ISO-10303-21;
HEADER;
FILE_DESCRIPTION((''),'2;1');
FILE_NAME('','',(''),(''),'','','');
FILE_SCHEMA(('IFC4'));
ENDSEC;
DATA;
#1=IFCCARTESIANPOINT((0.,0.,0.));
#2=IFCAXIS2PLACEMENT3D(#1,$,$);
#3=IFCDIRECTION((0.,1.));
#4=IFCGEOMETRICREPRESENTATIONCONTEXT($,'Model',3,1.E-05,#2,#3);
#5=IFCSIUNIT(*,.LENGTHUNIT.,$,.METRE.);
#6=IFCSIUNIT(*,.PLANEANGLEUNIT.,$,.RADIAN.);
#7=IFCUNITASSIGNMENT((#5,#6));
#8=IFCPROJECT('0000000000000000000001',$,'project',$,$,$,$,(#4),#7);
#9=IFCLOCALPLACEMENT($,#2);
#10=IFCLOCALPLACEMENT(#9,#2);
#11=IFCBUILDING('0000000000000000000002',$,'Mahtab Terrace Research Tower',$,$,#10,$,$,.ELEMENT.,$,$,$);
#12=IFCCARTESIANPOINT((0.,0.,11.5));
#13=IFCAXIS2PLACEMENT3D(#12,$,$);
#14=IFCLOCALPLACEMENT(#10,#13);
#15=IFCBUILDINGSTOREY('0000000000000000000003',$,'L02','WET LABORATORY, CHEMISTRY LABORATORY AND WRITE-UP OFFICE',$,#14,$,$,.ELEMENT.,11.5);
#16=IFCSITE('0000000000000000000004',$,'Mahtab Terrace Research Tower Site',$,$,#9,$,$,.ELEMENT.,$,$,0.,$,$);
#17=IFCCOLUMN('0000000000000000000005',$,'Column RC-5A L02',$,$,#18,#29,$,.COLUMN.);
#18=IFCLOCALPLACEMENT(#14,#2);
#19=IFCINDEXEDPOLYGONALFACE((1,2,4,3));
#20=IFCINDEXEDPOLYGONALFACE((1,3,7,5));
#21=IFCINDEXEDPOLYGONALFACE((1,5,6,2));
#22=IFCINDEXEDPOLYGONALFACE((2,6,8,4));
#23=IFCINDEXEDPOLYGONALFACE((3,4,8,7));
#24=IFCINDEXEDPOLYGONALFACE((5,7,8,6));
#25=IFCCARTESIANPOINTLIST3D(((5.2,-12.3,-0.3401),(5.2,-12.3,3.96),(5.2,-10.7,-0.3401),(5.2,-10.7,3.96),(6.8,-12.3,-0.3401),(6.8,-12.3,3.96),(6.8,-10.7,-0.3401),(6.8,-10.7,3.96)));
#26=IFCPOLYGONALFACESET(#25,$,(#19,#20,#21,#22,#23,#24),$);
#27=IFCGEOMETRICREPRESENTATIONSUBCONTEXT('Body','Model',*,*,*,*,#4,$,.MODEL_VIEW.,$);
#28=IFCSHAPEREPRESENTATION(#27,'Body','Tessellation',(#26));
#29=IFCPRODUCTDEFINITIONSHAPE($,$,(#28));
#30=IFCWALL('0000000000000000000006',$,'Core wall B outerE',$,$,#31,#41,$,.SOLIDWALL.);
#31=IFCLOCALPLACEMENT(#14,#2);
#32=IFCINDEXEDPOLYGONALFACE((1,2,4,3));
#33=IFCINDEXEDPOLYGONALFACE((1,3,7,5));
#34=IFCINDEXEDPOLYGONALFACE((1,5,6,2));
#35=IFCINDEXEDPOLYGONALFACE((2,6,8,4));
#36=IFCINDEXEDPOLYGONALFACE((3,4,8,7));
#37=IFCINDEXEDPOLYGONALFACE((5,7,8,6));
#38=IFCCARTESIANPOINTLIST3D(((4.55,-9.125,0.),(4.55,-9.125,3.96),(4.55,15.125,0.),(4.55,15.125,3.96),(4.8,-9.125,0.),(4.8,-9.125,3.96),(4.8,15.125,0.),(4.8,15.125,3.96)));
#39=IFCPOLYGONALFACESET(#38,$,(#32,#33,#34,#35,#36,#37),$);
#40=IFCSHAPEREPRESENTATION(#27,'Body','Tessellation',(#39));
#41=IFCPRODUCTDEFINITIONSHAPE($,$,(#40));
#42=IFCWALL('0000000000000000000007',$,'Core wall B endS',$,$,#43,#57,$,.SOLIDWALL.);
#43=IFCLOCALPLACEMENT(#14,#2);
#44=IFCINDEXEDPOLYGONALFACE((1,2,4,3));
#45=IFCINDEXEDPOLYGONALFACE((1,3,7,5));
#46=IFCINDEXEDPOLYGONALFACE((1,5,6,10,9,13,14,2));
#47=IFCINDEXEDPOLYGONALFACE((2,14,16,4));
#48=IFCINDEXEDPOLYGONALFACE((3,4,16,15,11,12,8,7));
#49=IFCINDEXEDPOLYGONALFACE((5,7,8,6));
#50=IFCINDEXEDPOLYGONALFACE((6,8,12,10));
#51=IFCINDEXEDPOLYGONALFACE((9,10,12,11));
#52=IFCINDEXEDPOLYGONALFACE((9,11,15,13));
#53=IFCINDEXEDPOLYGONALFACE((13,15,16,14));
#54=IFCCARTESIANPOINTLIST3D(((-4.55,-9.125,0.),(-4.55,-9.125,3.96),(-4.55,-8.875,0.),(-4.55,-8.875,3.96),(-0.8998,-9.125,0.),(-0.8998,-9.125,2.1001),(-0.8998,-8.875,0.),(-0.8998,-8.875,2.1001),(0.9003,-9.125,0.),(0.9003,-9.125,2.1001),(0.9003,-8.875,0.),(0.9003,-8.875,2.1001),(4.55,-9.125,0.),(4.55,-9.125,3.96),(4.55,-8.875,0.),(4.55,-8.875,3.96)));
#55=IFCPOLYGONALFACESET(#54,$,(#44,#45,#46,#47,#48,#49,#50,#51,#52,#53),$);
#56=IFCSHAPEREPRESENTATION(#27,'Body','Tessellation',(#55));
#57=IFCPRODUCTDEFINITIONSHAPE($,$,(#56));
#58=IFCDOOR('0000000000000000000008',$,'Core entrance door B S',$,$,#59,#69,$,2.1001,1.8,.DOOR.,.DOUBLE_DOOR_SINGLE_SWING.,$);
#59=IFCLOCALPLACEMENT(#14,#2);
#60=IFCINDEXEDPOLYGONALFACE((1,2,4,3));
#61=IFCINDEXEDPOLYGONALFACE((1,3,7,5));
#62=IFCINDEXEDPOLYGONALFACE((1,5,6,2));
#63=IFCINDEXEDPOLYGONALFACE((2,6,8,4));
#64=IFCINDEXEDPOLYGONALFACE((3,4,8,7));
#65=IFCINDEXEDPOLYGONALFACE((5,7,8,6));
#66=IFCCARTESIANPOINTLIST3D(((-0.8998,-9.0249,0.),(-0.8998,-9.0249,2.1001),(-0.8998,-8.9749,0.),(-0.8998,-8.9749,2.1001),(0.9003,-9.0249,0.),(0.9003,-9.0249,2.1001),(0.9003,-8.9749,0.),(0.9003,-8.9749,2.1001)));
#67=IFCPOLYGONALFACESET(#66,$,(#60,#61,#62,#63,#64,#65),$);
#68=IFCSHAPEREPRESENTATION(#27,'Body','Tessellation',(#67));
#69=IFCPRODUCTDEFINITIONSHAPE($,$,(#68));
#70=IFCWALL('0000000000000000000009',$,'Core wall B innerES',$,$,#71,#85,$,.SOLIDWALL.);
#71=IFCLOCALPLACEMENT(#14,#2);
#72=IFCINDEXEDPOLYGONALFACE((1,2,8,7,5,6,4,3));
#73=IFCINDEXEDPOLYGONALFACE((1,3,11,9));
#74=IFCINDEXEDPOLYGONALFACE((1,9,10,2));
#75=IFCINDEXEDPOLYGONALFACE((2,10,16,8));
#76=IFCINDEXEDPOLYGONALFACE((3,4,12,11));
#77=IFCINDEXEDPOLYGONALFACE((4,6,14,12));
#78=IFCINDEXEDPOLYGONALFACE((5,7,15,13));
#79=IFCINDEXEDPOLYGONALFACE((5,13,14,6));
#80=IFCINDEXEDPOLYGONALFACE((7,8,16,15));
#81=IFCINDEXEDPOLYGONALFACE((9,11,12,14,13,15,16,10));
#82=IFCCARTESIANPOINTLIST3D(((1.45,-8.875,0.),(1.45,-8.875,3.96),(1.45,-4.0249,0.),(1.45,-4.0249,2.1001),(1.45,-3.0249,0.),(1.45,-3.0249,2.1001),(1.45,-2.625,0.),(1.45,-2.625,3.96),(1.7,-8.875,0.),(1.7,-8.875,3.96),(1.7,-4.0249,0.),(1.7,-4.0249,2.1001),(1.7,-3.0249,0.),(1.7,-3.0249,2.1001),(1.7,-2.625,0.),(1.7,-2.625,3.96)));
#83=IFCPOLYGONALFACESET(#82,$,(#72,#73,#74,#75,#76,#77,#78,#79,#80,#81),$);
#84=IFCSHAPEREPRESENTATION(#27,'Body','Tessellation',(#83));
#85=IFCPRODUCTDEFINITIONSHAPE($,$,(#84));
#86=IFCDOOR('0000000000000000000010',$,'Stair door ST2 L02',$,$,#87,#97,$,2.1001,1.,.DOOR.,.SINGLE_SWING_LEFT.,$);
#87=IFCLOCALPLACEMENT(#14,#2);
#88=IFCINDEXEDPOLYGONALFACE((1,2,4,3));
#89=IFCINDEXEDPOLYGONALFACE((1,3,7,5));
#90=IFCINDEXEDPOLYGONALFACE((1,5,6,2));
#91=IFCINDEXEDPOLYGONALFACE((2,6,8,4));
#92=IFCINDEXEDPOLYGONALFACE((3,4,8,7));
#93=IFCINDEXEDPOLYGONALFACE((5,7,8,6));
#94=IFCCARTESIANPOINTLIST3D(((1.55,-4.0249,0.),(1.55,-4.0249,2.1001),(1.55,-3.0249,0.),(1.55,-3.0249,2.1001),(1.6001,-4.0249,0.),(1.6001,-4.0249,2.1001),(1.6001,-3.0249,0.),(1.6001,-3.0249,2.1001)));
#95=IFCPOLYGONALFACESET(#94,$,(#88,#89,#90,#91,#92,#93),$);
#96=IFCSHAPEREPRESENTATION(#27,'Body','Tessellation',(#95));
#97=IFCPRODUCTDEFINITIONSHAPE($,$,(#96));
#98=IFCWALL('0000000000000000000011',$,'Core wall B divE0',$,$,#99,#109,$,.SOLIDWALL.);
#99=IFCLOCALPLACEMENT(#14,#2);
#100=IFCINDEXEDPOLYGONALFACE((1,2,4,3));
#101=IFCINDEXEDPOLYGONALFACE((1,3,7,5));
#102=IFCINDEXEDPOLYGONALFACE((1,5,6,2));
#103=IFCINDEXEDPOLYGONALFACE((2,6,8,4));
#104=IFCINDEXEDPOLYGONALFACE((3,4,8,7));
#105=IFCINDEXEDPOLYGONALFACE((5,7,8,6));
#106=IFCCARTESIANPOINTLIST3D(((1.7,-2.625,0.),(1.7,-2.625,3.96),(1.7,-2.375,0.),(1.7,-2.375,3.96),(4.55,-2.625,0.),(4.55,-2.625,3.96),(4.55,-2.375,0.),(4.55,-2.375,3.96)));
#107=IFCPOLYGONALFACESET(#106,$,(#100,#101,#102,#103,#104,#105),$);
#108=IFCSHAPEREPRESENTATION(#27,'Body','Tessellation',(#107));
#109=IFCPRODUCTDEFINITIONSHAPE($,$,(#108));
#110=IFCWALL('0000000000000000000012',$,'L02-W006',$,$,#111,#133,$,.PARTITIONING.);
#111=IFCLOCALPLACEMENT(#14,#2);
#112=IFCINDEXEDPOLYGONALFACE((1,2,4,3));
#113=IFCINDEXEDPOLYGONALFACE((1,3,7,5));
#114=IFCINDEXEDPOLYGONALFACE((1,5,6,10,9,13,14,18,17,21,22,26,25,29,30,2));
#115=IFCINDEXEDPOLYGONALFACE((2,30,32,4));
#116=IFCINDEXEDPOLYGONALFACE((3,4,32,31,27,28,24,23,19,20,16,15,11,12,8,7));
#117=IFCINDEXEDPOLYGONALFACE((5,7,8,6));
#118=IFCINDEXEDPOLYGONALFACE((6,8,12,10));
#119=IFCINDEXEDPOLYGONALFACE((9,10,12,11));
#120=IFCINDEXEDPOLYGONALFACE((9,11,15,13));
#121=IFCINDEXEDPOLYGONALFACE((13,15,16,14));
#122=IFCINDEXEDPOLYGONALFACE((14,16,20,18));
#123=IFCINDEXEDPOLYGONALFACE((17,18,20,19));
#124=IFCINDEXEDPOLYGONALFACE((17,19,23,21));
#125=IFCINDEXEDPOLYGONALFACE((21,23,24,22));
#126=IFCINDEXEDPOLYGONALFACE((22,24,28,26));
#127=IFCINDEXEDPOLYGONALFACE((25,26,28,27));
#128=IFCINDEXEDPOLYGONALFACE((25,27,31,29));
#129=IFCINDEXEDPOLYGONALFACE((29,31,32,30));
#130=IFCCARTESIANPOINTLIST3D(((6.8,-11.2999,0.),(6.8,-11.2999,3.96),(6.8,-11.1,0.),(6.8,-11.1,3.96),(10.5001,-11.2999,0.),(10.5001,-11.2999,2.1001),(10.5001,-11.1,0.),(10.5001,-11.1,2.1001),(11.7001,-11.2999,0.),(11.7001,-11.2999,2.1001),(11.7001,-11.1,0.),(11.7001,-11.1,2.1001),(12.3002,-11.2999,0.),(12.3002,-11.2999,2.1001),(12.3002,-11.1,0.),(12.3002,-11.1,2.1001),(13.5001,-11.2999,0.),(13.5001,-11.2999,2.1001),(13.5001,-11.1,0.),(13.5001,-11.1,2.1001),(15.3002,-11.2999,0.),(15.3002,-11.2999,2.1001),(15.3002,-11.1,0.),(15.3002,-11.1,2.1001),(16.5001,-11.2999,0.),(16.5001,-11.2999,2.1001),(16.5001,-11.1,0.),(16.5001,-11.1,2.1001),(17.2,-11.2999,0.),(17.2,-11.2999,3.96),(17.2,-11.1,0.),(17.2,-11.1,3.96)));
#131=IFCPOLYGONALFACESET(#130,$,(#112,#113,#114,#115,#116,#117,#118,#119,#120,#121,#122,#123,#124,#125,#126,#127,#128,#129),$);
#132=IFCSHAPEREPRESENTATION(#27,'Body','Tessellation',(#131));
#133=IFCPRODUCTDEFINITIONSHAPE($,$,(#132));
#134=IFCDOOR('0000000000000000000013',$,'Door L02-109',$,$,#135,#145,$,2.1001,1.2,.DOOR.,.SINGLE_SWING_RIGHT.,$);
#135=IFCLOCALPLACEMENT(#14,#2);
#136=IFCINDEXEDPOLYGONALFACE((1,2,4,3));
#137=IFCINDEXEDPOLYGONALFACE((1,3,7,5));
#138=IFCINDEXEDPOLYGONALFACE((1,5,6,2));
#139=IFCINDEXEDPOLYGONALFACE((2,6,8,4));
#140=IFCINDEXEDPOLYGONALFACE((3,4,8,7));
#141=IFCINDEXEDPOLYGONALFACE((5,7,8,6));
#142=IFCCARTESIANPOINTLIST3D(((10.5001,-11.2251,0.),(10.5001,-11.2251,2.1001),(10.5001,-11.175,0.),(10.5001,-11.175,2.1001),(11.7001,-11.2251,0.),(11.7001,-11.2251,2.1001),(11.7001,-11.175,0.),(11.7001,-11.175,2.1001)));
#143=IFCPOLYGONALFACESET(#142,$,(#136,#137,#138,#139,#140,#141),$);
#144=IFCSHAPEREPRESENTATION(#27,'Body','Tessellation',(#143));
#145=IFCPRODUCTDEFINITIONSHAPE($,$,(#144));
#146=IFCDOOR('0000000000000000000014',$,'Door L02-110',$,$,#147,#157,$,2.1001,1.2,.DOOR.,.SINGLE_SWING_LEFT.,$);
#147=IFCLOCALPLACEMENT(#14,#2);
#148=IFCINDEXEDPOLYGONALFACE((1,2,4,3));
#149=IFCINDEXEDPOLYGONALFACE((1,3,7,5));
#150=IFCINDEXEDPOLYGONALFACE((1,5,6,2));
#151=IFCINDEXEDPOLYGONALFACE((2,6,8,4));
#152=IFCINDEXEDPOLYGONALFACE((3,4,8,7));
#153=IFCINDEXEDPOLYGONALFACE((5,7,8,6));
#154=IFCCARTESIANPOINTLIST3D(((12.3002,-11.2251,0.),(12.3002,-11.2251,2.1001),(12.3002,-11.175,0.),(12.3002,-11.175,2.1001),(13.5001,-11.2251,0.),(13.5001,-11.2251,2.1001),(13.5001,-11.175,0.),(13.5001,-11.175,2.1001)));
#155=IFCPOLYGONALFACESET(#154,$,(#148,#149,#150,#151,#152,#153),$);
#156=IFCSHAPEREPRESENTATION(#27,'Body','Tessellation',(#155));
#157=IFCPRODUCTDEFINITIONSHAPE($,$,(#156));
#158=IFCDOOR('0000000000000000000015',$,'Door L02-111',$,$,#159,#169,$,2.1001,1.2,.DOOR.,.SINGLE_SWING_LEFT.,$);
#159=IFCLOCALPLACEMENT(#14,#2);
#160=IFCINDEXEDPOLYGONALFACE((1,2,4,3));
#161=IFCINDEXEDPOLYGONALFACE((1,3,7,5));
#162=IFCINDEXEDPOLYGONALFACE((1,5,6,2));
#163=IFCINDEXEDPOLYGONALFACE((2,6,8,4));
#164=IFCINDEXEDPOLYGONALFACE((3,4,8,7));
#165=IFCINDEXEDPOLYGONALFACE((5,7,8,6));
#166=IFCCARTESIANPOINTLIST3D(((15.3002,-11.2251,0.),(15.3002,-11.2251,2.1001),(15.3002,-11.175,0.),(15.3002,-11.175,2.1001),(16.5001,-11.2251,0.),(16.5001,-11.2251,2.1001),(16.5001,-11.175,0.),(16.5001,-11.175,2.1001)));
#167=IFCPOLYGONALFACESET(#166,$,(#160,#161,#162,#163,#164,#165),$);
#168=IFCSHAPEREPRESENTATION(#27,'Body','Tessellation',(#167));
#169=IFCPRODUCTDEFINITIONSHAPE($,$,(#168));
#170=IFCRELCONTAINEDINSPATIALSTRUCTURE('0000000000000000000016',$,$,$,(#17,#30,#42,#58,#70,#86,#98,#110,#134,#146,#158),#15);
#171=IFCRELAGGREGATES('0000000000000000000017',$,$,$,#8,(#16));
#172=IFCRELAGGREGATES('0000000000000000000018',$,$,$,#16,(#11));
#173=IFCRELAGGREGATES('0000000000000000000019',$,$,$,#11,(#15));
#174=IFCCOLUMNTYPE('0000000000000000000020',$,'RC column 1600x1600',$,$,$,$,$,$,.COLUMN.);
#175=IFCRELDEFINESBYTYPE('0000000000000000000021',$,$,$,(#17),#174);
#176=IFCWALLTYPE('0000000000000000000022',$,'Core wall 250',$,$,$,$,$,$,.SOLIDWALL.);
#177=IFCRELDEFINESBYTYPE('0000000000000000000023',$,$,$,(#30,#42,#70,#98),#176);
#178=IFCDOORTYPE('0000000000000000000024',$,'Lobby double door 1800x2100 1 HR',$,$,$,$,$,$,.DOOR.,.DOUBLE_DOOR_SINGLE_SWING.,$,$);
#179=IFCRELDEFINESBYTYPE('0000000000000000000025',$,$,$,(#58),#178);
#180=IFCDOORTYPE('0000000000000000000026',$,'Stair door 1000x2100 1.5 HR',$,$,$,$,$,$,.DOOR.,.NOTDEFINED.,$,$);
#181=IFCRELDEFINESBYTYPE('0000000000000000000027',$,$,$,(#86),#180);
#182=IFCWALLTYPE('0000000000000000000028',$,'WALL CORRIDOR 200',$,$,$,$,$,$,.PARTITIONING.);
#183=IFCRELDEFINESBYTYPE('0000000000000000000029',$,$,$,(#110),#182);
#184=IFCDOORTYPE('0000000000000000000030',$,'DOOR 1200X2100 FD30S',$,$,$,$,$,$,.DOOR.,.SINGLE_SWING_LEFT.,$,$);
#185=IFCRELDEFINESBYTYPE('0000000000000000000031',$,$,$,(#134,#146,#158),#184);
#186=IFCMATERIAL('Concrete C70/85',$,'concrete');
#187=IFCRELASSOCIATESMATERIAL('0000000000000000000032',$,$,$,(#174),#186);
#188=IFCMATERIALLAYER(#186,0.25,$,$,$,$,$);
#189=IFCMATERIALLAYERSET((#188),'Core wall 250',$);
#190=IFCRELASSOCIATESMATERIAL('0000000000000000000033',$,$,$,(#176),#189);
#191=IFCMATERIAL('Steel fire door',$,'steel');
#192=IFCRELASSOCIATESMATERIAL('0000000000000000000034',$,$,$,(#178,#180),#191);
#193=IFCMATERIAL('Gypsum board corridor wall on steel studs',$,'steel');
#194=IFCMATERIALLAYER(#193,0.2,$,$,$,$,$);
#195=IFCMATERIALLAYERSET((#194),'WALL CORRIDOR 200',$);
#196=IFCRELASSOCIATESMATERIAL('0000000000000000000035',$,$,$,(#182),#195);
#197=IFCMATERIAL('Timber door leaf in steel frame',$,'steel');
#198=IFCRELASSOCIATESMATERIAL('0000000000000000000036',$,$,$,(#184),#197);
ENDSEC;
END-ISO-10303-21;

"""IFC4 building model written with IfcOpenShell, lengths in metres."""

from ifc_helpers import new_model, si_unit, direction, frame, frame_2d, origin, origin_2d, place, context, subcontext, project, spatial, rectangle, extrude, material, layer, layer_set, material_profile, profile_set, type_object, element, fill, save


model = new_model("IFC4")

# Units and contexts
model_context = context("Model", 3, precision=1e-05, world=origin(), true_north=direction((0.0, 1.0)))
body_context = subcontext(model_context, "Body", "Model", "MODEL_VIEW")
ifc_project = project(units=[si_unit("LENGTHUNIT", "METRE"), si_unit("PLANEANGLEUNIT", "RADIAN")], contexts=[model_context])

# Site, building, storey
site_placement = place(None, origin())
site = spatial("IfcSite", under=ifc_project, at=site_placement, Name="Mahtab Terrace Research Tower Site", CompositionType="ELEMENT", RefElevation=0.0)
building_placement = place(site_placement, origin())
building = spatial("IfcBuilding", under=site, at=building_placement, Name="Mahtab Terrace Research Tower", CompositionType="ELEMENT")
storey_placement = place(building_placement, frame((0.0, 0.0, 11.5)))
storey = spatial("IfcBuildingStorey", under=building, at=storey_placement, Name="L02", Description="WET LABORATORY, CHEMISTRY LABORATORY AND WRITE-UP OFFICE", CompositionType="ELEMENT", Elevation=11.5)

# Column
ifc_material_1 = material(Name="Concrete C70/85", Category="concrete")
ifc_material_profile = material_profile(ifc_material_1, rectangle(XDim=1.6001, YDim=1.6001, at=origin_2d()), Name="RC column 1600x1600")
ifc_profile_set = profile_set([ifc_material_profile], Name="Concrete C70/85")
column_type = type_object("IfcColumnType", Name="RC column 1600x1600", PredefinedType="COLUMN", material=ifc_profile_set)
column_placement = place(storey_placement, frame((6.0, -11.5, -0.3401), z_axis=(0.0, 0.0, 1.0), x_axis=(1.0, 0.0, 0.0)))
element("IfcColumn", 1, at=column_placement, inside=storey, type_object=column_type, Name="Column RC-5A L02", PredefinedType="COLUMN", context=body_context, shape_type="SweptSolid", body=[
    extrude(rectangle(XDim=1.6001, YDim=1.6001, at=origin_2d()), origin(), (0.0, 0.0, 1.0), 4.3),
])

# Wall
ifc_layer_1 = layer(ifc_material_1, 0.25)
ifc_layer_set_1 = layer_set([ifc_layer_1], Name="Core wall 250")
wall_type_1 = type_object("IfcWallType", Name="Core wall 250", PredefinedType="SOLIDWALL", material=ifc_layer_set_1)
wall_1_placement = place(storey_placement, frame((4.675, -9.125, 0.0), z_axis=(0.0, 0.0, 1.0), x_axis=(0.0, 1.0, 0.0)))
element("IfcWall", 2, at=wall_1_placement, inside=storey, type_object=wall_type_1, Name="Core wall B outerE", PredefinedType="SOLIDWALL", context=body_context, shape_type="SweptSolid", body=[
    extrude(rectangle(XDim=24.25, YDim=0.25, at=frame_2d((12.125, 0.0))), origin(), (0.0, 0.0, 1.0), 3.96),
])

# Walls, openings, doors
wall_2_placement = place(storey_placement, frame((4.55, -9.0, 0.0), z_axis=(0.0, 0.0, 1.0), x_axis=(-1.0, 0.0, 0.0)))
wall_2 = element("IfcWall", 3, at=wall_2_placement, inside=storey, type_object=wall_type_1, Name="Core wall B endS", PredefinedType="SOLIDWALL", context=body_context, shape_type="SweptSolid", body=[
    extrude(rectangle(XDim=9.1001, YDim=0.25, at=frame_2d((4.55, 0.0))), origin(), (0.0, 0.0, 1.0), 3.96),
])
opening_1_placement = place(wall_2_placement, frame((3.6499, 0.0, 0.0)))
opening_1 = element("IfcOpeningElement", 4, at=opening_1_placement, cuts=wall_2, PredefinedType="OPENING", context=body_context, shape_type="SweptSolid", body=[
    extrude(rectangle(XDim=1.8, YDim=2.1001, at=frame_2d((0.8999, 1.05))), frame((0.0, 0.135, 0.0), z_axis=(0.0, -1.0, 0.0), x_axis=(1.0, 0.0, 0.0)), (0.0, 0.0, 1.0), 0.27),
])
ifc_material_2 = material(Name="Steel fire door", Category="steel")
door_type_1 = type_object("IfcDoorType", Name="Lobby double door 1800x2100 1 HR", OperationType="DOUBLE_DOOR_SINGLE_SWING", PredefinedType="DOOR", material=ifc_material_2)
door_1_placement = place(opening_1_placement, origin())
door_1 = element("IfcDoor", 5, at=door_1_placement, inside=storey, type_object=door_type_1, Name="Core entrance door B S", OperationType="DOUBLE_DOOR_SINGLE_SWING", OverallHeight=2.1001, OverallWidth=1.8, PredefinedType="DOOR", context=body_context, shape_type="SweptSolid", body=[
    extrude(rectangle(XDim=1.8, YDim=2.1001, at=frame_2d((0.8999, 1.05))), frame((0.0, 0.0249, 0.0), z_axis=(0.0, -1.0, 0.0), x_axis=(1.0, 0.0, 0.0)), (0.0, 0.0, 1.0), 0.05),
])
fill(opening_1, door_1)
wall_3_placement = place(storey_placement, frame((1.575, -8.875, 0.0), z_axis=(0.0, 0.0, 1.0), x_axis=(0.0, 1.0, 0.0)))
wall_3 = element("IfcWall", 6, at=wall_3_placement, inside=storey, type_object=wall_type_1, Name="Core wall B innerES", PredefinedType="SOLIDWALL", context=body_context, shape_type="SweptSolid", body=[
    extrude(rectangle(XDim=6.25, YDim=0.25, at=frame_2d((3.125, 0.0))), origin(), (0.0, 0.0, 1.0), 3.96),
])
opening_2_placement = place(wall_3_placement, frame((4.8501, 0.0, 0.0)))
opening_2 = element("IfcOpeningElement", 7, at=opening_2_placement, cuts=wall_3, PredefinedType="OPENING", context=body_context, shape_type="SweptSolid", body=[
    extrude(rectangle(XDim=1.0, YDim=2.1001, at=frame_2d((0.5, 1.05))), frame((0.0, 0.135, 0.0), z_axis=(0.0, -1.0, 0.0), x_axis=(1.0, 0.0, 0.0)), (0.0, 0.0, 1.0), 0.27),
])
door_type_2 = type_object("IfcDoorType", Name="Stair door 1000x2100 1.5 HR", OperationType="NOTDEFINED", PredefinedType="DOOR", material=ifc_material_2)
door_2_placement = place(opening_2_placement, origin())
door_2 = element("IfcDoor", 8, at=door_2_placement, inside=storey, type_object=door_type_2, Name="Stair door ST2 L02", OperationType="SINGLE_SWING_LEFT", OverallHeight=2.1001, OverallWidth=1.0, PredefinedType="DOOR", context=body_context, shape_type="SweptSolid", body=[
    extrude(rectangle(XDim=1.0, YDim=2.1001, at=frame_2d((0.5, 1.05))), frame((0.0, 0.0249, 0.0), z_axis=(0.0, -1.0, 0.0), x_axis=(1.0, 0.0, 0.0)), (0.0, 0.0, 1.0), 0.05),
])
fill(opening_2, door_2)

# Wall
wall_4_placement = place(storey_placement, frame((1.7, -2.5, 0.0), z_axis=(0.0, 0.0, 1.0), x_axis=(1.0, 0.0, 0.0)))
element("IfcWall", 9, at=wall_4_placement, inside=storey, type_object=wall_type_1, Name="Core wall B divE0", PredefinedType="SOLIDWALL", context=body_context, shape_type="SweptSolid", body=[
    extrude(rectangle(XDim=2.8501, YDim=0.25, at=frame_2d((1.425, 0.0))), origin(), (0.0, 0.0, 1.0), 3.96),
])

# Wall, openings, doors
ifc_material_3 = material(Name="Gypsum board corridor wall on steel studs", Category="steel")
ifc_layer_2 = layer(ifc_material_3, 0.2)
ifc_layer_set_2 = layer_set([ifc_layer_2], Name="WALL CORRIDOR 200")
wall_type_2 = type_object("IfcWallType", Name="WALL CORRIDOR 200", PredefinedType="PARTITIONING", material=ifc_layer_set_2)
wall_5_placement = place(storey_placement, frame((6.8, -11.2, 0.0), z_axis=(0.0, 0.0, 1.0), x_axis=(1.0, 0.0, 0.0)))
wall_5 = element("IfcWall", 10, at=wall_5_placement, inside=storey, type_object=wall_type_2, Name="L02-W006", PredefinedType="PARTITIONING", context=body_context, shape_type="SweptSolid", body=[
    extrude(rectangle(XDim=10.3999, YDim=0.2, at=frame_2d((5.2, 0.0))), origin(), (0.0, 0.0, 1.0), 3.96),
])
opening_3_placement = place(wall_5_placement, frame((3.7, 0.0, 0.0)))
opening_3 = element("IfcOpeningElement", 11, at=opening_3_placement, cuts=wall_5, PredefinedType="OPENING", context=body_context, shape_type="SweptSolid", body=[
    extrude(rectangle(XDim=1.2, YDim=2.1001, at=frame_2d((0.6001, 1.05))), frame((0.0, 0.1099, 0.0), z_axis=(0.0, -1.0, 0.0), x_axis=(1.0, 0.0, 0.0)), (0.0, 0.0, 1.0), 0.22),
])
opening_4_placement = place(wall_5_placement, frame((5.5, 0.0, 0.0)))
opening_4 = element("IfcOpeningElement", 12, at=opening_4_placement, cuts=wall_5, PredefinedType="OPENING", context=body_context, shape_type="SweptSolid", body=[
    extrude(rectangle(XDim=1.2, YDim=2.1001, at=frame_2d((0.6001, 1.05))), frame((0.0, 0.1099, 0.0), z_axis=(0.0, -1.0, 0.0), x_axis=(1.0, 0.0, 0.0)), (0.0, 0.0, 1.0), 0.22),
])
opening_5_placement = place(wall_5_placement, frame((8.5, 0.0, 0.0)))
opening_5 = element("IfcOpeningElement", 13, at=opening_5_placement, cuts=wall_5, PredefinedType="OPENING", context=body_context, shape_type="SweptSolid", body=[
    extrude(rectangle(XDim=1.2, YDim=2.1001, at=frame_2d((0.6001, 1.05))), frame((0.0, 0.1099, 0.0), z_axis=(0.0, -1.0, 0.0), x_axis=(1.0, 0.0, 0.0)), (0.0, 0.0, 1.0), 0.22),
])
ifc_material_4 = material(Name="Timber door leaf in steel frame", Category="steel")
door_type_3 = type_object("IfcDoorType", Name="DOOR 1200X2100 FD30S", OperationType="SINGLE_SWING_LEFT", PredefinedType="DOOR", material=ifc_material_4)
door_3_placement = place(opening_3_placement, origin())
door_3 = element("IfcDoor", 14, at=door_3_placement, inside=storey, type_object=door_type_3, Name="Door L02-109", OperationType="SINGLE_SWING_RIGHT", OverallHeight=2.1001, OverallWidth=1.2, PredefinedType="DOOR", context=body_context, shape_type="SweptSolid", body=[
    extrude(rectangle(XDim=1.2, YDim=2.1001, at=frame_2d((0.6001, 1.05))), frame((0.0, 0.0249, 0.0), z_axis=(0.0, -1.0, 0.0), x_axis=(1.0, 0.0, 0.0)), (0.0, 0.0, 1.0), 0.05),
])
fill(opening_3, door_3)
door_4_placement = place(opening_4_placement, origin())
door_4 = element("IfcDoor", 15, at=door_4_placement, inside=storey, type_object=door_type_3, Name="Door L02-110", OperationType="SINGLE_SWING_LEFT", OverallHeight=2.1001, OverallWidth=1.2, PredefinedType="DOOR", context=body_context, shape_type="SweptSolid", body=[
    extrude(rectangle(XDim=1.2, YDim=2.1001, at=frame_2d((0.6001, 1.05))), frame((0.0, 0.0249, 0.0), z_axis=(0.0, -1.0, 0.0), x_axis=(1.0, 0.0, 0.0)), (0.0, 0.0, 1.0), 0.05),
])
fill(opening_4, door_4)
door_5_placement = place(opening_5_placement, origin())
door_5 = element("IfcDoor", 16, at=door_5_placement, inside=storey, type_object=door_type_3, Name="Door L02-111", OperationType="SINGLE_SWING_LEFT", OverallHeight=2.1001, OverallWidth=1.2, PredefinedType="DOOR", context=body_context, shape_type="SweptSolid", body=[
    extrude(rectangle(XDim=1.2, YDim=2.1001, at=frame_2d((0.6001, 1.05))), frame((0.0, 0.0249, 0.0), z_axis=(0.0, -1.0, 0.0), x_axis=(1.0, 0.0, 0.0)), (0.0, 0.0, 1.0), 0.05),
])
fill(opening_5, door_5)

save(model, "model.ifc")
